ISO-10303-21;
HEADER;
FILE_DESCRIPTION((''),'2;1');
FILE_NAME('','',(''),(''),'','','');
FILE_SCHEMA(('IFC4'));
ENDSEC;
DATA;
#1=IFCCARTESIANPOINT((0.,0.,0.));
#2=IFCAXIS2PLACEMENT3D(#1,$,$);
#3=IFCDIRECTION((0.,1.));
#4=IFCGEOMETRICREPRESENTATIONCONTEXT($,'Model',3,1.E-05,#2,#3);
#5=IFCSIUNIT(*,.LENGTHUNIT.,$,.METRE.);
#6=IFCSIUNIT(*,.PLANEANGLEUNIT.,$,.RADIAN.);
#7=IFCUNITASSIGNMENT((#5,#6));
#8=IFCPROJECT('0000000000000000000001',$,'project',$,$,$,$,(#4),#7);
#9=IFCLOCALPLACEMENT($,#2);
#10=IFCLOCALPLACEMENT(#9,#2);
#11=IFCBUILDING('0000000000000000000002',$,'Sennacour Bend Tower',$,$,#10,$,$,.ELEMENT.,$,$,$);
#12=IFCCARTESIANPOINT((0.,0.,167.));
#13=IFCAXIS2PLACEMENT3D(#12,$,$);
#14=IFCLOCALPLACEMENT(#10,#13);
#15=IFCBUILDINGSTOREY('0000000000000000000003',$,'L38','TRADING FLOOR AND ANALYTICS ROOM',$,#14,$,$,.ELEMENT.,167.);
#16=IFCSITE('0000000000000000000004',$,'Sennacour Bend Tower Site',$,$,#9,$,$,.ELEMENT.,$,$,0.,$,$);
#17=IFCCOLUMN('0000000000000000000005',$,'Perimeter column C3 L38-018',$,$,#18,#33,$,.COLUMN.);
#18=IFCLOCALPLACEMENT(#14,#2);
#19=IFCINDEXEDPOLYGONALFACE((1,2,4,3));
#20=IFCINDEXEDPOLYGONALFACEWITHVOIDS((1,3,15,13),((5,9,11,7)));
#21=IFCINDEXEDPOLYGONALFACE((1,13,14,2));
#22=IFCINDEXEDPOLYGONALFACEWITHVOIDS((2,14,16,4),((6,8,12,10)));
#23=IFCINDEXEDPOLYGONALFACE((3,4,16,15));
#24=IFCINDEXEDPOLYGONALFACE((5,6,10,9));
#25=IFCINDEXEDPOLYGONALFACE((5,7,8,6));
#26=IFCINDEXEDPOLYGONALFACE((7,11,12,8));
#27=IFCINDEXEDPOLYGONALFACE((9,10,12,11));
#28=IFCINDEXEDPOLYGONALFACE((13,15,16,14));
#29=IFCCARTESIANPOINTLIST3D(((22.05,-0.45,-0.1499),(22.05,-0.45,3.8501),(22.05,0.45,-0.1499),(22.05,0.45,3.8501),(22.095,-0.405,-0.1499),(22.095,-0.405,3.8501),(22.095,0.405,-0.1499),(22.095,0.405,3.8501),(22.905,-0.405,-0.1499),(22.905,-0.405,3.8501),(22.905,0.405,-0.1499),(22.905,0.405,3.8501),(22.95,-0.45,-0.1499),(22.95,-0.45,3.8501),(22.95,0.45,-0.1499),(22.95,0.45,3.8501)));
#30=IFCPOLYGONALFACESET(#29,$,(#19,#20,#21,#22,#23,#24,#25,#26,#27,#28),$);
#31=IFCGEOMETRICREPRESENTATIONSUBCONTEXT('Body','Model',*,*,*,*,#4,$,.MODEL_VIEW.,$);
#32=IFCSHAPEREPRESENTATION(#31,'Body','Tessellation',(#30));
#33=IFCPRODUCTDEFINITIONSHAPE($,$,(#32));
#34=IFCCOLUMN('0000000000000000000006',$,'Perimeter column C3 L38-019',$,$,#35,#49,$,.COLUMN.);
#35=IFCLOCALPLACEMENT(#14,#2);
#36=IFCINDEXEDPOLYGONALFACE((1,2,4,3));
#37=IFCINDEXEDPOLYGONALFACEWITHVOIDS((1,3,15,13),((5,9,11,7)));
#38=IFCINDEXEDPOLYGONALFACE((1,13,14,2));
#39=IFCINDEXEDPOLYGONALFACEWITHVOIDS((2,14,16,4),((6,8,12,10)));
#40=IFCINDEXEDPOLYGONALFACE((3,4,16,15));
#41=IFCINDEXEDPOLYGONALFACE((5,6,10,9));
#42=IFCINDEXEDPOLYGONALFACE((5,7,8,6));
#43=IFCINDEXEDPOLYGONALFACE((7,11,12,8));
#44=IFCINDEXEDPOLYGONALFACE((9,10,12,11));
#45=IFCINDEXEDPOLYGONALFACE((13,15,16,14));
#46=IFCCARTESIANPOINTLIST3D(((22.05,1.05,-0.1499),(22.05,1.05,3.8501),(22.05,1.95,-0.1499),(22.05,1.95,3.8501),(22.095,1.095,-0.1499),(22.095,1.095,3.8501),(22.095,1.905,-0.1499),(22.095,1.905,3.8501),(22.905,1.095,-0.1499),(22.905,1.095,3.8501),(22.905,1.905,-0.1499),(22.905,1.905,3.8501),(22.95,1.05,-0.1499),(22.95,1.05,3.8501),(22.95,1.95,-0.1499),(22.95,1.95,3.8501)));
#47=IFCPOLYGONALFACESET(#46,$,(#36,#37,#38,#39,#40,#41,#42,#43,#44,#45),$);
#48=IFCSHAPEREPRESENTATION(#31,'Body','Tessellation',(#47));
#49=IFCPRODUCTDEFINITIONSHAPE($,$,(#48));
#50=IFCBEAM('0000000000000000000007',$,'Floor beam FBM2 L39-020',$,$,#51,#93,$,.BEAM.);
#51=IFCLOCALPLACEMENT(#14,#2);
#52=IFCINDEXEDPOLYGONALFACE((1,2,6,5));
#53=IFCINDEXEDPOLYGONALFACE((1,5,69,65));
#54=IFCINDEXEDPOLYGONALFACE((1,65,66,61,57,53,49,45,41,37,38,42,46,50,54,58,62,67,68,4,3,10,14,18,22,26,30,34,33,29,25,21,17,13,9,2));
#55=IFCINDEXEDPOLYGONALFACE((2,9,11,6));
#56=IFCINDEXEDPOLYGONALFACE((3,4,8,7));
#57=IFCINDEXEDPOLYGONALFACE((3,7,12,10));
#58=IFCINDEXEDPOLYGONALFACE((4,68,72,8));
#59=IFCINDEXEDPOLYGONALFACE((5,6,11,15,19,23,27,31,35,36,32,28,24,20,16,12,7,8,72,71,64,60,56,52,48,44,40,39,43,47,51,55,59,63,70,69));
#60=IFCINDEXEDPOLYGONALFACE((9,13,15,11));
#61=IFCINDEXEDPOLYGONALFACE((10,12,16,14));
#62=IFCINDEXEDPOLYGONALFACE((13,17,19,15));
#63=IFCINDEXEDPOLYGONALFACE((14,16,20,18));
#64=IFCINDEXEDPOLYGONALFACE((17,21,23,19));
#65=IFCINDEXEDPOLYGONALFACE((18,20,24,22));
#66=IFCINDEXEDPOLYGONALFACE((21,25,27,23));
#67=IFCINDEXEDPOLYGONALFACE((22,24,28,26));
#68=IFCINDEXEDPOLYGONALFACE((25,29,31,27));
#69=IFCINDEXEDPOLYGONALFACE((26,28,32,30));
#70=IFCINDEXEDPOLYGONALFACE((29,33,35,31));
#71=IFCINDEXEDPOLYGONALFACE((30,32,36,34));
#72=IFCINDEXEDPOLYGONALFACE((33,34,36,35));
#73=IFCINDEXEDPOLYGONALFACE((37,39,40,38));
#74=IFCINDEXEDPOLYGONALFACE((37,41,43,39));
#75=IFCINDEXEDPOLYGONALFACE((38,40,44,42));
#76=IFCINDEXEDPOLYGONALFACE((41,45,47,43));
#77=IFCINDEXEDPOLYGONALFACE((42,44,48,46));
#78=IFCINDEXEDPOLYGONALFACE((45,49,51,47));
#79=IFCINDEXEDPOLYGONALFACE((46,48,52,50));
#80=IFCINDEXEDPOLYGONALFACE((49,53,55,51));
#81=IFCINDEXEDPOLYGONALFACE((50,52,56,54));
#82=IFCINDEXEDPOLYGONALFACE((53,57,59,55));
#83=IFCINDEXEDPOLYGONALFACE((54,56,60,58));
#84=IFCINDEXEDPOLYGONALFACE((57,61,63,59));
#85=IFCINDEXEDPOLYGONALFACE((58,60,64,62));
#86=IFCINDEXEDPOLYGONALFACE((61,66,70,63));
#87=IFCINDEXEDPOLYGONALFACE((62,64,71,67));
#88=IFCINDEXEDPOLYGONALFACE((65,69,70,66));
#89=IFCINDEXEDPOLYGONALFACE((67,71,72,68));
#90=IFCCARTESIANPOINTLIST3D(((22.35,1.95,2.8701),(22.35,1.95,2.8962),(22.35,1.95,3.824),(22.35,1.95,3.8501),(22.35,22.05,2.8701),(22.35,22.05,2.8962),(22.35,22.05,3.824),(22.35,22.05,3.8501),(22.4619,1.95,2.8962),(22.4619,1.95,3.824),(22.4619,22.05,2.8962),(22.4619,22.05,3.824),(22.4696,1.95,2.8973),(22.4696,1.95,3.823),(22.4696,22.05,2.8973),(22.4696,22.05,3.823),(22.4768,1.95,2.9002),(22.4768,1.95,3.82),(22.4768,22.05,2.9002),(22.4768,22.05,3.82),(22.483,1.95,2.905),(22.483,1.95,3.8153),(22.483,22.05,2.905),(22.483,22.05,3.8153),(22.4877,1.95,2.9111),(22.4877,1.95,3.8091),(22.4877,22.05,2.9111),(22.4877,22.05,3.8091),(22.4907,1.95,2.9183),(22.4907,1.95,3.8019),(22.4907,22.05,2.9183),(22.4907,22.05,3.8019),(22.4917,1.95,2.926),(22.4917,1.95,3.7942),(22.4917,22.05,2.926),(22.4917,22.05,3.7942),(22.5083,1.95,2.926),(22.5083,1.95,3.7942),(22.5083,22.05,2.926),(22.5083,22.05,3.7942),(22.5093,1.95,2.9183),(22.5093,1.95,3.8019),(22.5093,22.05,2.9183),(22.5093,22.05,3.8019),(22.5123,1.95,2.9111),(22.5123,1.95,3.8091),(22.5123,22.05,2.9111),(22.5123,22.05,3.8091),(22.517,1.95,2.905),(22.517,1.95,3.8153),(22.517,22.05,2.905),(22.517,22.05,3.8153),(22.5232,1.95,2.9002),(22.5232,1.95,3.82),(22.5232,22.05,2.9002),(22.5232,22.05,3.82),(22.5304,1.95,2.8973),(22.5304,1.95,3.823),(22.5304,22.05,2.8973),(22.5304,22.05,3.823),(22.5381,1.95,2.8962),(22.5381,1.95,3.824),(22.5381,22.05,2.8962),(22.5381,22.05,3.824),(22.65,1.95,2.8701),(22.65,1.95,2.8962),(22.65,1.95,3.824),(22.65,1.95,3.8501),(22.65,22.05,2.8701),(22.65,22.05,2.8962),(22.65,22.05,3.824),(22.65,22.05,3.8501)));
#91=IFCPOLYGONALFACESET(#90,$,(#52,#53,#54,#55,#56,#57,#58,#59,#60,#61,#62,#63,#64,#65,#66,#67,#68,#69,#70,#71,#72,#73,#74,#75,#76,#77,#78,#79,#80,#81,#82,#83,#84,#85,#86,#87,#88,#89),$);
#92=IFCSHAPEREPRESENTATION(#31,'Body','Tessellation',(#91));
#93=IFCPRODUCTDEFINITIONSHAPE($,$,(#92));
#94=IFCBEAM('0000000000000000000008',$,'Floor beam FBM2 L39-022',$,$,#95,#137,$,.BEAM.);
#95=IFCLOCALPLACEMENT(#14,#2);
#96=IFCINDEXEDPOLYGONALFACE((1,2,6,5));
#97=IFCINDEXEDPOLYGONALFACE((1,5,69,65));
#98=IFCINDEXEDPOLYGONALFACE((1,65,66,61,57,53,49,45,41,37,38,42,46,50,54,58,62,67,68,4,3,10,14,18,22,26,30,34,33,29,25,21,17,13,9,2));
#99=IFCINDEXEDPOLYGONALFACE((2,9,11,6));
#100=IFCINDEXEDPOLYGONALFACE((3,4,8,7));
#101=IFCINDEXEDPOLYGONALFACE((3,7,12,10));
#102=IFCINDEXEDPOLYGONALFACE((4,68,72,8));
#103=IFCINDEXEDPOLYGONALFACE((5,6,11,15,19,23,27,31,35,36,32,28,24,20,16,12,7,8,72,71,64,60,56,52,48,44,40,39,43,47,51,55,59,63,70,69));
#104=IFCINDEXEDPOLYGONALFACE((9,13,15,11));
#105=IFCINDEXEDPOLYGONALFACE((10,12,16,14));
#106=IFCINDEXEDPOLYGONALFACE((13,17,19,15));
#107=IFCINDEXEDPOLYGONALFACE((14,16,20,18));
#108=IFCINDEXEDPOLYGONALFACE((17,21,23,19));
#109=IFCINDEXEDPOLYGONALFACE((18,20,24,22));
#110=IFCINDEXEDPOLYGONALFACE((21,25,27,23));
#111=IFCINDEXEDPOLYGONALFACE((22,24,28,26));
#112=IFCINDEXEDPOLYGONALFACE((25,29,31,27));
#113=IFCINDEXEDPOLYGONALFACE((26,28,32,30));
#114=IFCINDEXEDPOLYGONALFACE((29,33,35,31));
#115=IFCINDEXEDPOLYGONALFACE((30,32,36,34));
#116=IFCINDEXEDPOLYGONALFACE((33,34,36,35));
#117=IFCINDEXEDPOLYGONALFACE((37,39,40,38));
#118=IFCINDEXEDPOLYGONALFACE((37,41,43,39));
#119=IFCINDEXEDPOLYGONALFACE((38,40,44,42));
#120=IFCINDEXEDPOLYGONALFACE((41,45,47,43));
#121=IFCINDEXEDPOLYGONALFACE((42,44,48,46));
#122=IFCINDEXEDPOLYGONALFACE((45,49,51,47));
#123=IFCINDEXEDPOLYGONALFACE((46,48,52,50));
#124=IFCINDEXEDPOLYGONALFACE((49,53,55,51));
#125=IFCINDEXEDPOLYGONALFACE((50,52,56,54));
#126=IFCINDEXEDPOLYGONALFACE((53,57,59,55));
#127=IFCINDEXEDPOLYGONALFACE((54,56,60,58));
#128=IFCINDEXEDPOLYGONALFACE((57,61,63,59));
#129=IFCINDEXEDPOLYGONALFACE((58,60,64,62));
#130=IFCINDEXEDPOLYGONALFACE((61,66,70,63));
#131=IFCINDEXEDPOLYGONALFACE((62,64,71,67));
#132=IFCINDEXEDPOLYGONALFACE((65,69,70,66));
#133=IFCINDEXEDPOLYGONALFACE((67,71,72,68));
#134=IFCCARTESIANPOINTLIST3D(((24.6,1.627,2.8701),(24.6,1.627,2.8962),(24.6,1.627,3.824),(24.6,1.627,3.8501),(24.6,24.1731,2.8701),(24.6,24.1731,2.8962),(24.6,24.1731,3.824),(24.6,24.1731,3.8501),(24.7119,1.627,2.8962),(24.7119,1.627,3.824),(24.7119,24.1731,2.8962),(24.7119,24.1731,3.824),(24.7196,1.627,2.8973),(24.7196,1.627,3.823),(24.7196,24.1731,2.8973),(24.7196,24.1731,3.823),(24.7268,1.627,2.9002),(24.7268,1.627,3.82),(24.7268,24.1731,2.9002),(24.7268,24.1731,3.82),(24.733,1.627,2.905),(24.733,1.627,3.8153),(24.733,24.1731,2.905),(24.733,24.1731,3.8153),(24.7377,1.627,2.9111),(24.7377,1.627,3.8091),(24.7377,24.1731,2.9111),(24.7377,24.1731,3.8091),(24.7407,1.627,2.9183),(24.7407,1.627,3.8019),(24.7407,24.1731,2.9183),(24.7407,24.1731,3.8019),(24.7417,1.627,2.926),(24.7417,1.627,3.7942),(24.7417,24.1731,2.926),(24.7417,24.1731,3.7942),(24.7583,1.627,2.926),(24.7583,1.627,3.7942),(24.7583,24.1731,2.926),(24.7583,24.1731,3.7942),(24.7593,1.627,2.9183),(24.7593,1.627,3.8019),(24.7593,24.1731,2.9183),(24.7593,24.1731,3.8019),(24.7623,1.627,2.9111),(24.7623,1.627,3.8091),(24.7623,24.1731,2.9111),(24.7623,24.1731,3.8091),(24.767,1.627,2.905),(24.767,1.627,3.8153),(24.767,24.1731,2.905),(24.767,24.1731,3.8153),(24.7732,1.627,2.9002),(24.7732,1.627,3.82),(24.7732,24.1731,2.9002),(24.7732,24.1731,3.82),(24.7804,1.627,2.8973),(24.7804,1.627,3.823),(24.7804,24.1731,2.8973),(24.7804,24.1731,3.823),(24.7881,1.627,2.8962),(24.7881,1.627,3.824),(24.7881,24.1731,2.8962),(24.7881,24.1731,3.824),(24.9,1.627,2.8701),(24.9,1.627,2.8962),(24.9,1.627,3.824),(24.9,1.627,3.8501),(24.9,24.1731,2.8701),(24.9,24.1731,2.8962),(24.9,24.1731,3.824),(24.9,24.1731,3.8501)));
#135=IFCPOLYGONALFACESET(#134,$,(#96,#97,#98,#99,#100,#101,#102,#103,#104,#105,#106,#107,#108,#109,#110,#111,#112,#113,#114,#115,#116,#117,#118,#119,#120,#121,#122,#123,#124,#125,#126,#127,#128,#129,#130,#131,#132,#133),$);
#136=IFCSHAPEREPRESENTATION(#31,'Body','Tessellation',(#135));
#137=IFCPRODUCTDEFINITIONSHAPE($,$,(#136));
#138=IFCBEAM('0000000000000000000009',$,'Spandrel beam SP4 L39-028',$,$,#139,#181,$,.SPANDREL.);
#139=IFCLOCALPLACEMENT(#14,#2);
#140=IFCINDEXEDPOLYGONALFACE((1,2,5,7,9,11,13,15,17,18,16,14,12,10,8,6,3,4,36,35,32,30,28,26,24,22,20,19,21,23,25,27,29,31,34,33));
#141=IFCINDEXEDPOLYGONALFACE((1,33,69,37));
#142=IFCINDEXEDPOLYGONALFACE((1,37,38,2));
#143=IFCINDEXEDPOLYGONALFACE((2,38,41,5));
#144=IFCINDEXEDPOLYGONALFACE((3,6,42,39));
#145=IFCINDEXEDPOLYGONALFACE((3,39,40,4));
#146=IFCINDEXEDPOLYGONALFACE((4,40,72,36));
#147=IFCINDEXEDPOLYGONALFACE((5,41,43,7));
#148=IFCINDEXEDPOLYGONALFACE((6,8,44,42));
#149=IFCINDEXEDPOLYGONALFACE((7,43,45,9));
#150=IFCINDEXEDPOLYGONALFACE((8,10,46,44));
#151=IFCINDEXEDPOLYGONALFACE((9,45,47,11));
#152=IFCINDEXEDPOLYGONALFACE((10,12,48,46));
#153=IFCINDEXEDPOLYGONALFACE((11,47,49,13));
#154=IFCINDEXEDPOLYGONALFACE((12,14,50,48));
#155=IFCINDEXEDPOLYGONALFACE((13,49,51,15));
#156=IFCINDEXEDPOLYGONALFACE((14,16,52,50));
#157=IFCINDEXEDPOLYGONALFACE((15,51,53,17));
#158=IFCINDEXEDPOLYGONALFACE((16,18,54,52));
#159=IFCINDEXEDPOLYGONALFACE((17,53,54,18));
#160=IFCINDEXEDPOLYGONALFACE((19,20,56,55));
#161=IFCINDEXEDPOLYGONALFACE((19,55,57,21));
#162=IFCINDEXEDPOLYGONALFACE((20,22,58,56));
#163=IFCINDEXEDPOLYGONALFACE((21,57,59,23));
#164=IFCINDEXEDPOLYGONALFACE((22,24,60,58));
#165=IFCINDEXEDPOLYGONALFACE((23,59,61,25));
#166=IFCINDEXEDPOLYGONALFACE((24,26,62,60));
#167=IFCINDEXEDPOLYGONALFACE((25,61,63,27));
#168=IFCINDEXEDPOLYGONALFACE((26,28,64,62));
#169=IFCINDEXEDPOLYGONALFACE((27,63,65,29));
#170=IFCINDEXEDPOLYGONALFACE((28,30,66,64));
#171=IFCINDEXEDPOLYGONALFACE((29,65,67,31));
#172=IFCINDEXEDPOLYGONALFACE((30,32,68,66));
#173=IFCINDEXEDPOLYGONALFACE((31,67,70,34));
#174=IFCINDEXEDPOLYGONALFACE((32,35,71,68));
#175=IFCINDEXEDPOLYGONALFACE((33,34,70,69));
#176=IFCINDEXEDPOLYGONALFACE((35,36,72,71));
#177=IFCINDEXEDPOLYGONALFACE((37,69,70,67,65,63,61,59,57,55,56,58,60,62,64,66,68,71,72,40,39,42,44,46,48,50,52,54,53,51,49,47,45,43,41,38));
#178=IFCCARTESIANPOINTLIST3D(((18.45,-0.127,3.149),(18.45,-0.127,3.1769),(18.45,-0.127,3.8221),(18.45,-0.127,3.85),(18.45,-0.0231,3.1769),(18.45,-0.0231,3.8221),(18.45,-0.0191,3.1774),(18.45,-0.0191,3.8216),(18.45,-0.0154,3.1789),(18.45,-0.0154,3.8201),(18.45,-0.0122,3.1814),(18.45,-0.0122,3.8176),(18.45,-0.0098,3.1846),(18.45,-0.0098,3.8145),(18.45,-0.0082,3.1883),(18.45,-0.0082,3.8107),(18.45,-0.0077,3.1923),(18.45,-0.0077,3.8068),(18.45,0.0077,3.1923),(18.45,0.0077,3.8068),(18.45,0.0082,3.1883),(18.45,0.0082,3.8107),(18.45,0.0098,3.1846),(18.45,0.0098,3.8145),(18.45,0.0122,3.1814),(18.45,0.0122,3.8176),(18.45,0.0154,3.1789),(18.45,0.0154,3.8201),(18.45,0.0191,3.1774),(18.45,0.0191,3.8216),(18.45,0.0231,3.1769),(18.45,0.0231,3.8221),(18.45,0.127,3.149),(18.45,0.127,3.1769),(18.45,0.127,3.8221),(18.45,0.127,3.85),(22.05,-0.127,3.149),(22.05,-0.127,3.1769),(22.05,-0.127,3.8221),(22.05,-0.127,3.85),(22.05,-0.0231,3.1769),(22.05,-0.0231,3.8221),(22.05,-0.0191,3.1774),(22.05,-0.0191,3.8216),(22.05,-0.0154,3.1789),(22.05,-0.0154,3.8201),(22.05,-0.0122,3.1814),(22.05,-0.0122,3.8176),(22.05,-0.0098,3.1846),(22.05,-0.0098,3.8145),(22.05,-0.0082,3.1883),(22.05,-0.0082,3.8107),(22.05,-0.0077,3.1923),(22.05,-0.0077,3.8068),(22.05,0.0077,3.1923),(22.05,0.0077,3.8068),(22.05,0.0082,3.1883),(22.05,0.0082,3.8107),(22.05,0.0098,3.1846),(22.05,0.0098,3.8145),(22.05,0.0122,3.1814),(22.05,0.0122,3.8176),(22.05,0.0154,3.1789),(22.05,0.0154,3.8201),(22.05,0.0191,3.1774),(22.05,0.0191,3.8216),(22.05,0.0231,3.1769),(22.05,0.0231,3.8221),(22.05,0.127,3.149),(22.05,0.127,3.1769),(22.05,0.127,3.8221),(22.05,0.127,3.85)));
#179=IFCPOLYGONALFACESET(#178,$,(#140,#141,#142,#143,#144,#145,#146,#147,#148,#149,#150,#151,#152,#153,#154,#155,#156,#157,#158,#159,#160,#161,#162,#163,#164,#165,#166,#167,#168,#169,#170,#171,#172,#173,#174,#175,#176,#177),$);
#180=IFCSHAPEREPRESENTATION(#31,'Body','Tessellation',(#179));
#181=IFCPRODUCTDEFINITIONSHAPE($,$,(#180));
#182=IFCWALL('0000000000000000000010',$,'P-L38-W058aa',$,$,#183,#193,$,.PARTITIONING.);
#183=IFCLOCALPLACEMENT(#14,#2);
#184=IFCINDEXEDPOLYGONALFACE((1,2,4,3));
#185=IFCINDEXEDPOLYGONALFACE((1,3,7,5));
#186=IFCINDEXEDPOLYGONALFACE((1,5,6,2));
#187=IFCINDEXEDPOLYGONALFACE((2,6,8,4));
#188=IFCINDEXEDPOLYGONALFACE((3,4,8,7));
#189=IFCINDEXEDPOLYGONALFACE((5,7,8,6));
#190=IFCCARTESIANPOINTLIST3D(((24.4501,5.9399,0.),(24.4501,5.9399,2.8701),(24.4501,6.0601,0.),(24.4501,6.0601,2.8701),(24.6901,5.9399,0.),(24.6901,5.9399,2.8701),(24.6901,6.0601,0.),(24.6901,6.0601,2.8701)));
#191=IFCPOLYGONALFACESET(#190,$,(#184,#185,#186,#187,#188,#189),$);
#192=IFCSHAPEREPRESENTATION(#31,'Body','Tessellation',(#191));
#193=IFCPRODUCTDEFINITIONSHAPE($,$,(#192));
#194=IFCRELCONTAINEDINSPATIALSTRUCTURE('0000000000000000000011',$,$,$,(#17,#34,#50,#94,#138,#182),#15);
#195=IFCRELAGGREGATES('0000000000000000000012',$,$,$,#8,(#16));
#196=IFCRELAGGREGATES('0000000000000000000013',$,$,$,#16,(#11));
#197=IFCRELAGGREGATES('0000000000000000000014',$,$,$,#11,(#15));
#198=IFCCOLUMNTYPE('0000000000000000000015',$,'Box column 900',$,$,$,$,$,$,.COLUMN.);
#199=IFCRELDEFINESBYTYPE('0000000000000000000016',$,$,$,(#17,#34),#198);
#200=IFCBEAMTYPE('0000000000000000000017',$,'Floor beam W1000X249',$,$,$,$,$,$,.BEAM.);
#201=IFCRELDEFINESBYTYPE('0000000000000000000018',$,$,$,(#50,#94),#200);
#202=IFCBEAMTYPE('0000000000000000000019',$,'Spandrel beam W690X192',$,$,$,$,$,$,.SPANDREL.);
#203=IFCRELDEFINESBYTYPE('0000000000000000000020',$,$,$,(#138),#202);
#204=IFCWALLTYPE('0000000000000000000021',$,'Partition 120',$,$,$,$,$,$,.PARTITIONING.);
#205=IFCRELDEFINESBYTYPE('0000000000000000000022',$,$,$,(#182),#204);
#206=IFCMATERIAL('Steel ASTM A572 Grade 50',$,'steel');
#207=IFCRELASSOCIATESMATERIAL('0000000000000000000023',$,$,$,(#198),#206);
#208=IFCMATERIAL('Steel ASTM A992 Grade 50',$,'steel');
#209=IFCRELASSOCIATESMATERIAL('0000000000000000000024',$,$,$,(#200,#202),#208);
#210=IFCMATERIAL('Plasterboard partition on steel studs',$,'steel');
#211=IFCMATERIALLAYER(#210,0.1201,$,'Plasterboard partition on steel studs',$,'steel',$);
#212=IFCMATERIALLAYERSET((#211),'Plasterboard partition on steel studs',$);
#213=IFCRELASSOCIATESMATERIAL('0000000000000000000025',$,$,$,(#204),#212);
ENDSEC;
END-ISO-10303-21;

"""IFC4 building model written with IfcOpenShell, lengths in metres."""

from ifc_helpers import new_model, si_unit, direction, frame, frame_2d, origin, origin_2d, place, context, subcontext, project, spatial, rectangle, hollow_rectangle, i_section, extrude, material, layer, layer_set, material_profile, profile_set, type_object, element, save


model = new_model("IFC4")

# Units and contexts
model_context = context("Model", 3, precision=1e-05, world=origin(), true_north=direction((0.0, 1.0)))
body_context = subcontext(model_context, "Body", "Model", "MODEL_VIEW")
ifc_project = project(units=[si_unit("LENGTHUNIT", "METRE"), si_unit("PLANEANGLEUNIT", "RADIAN")], contexts=[model_context])

# Site, building, storey
site_placement = place(None, origin())
site = spatial("IfcSite", under=ifc_project, at=site_placement, Name="Sennacour Bend Tower Site", CompositionType="ELEMENT", RefElevation=0.0)
building_placement = place(site_placement, origin())
building = spatial("IfcBuilding", under=site, at=building_placement, Name="Sennacour Bend Tower", CompositionType="ELEMENT")
storey_placement = place(building_placement, frame((0.0, 0.0, 167.0)))
storey = spatial("IfcBuildingStorey", under=building, at=storey_placement, Name="L38", Description="TRADING FLOOR AND ANALYTICS ROOM", CompositionType="ELEMENT", Elevation=167.0)

# Columns
ifc_material_1 = material(Name="Steel ASTM A572 Grade 50", Category="steel")
ifc_material_profile_1 = material_profile(ifc_material_1, hollow_rectangle(XDim=0.8999, YDim=0.8999, WallThickness=0.0449, at=origin_2d()), Name="Steel ASTM A572 Grade 50", Category="steel")
ifc_profile_set_1 = profile_set([ifc_material_profile_1], Name="Steel ASTM A572 Grade 50")
column_type = type_object("IfcColumnType", Name="Box column 900", PredefinedType="COLUMN", material=ifc_profile_set_1)
for number, where, z_axis, x_axis, name in (
    (1, (22.5, 0.0, -0.1499), (0.0, 0.0, 1.0), (1.0, 0.0, 0.0), "Perimeter column C3 L38-018"),
    (2, (22.5, 1.5, -0.1499), (0.0, 0.0, 1.0), (1.0, 0.0, 0.0), "Perimeter column C3 L38-019"),
):
    element("IfcColumn", number, at=place(storey_placement, frame(where, z_axis=z_axis, x_axis=x_axis)), inside=storey, type_object=column_type, Name=name, PredefinedType="COLUMN", context=body_context, shape_type="SweptSolid", body=[
        extrude(hollow_rectangle(XDim=0.8999, YDim=0.8999, WallThickness=0.0449, at=origin_2d()), origin(), (0.0, 0.0, 1.0), 4.0),
    ])

# Beams
ifc_material_2 = material(Name="Steel ASTM A992 Grade 50", Category="steel")
ifc_material_profile_2 = material_profile(ifc_material_2, i_section(OverallWidth=0.3, OverallDepth=0.98, WebThickness=0.0166, FlangeThickness=0.0261, FilletRadius=0.0298, at=origin_2d()), Name="Steel ASTM A992 Grade 50", Category="steel")
ifc_profile_set_2 = profile_set([ifc_material_profile_2], Name="Steel ASTM A992 Grade 50")
beam_type_1 = type_object("IfcBeamType", Name="Floor beam W1000X249", PredefinedType="BEAM", material=ifc_profile_set_2)
beam_1_placement = place(storey_placement, frame((22.5, 1.95, 3.3601), z_axis=(0.0, 1.0, 0.0), x_axis=(-1.0, 0.0, 0.0)))
element("IfcBeam", 3, at=beam_1_placement, inside=storey, type_object=beam_type_1, Name="Floor beam FBM2 L39-020", PredefinedType="BEAM", context=body_context, shape_type="SweptSolid", body=[
    extrude(i_section(OverallWidth=0.3, OverallDepth=0.98, WebThickness=0.0166, FlangeThickness=0.0261, FilletRadius=0.0298, at=origin_2d()), origin(), (0.0, 0.0, 1.0), 20.1001),
])
beam_2_placement = place(storey_placement, frame((24.75, 1.627, 3.3601), z_axis=(0.0, 1.0, 0.0), x_axis=(-1.0, 0.0, 0.0)))
element("IfcBeam", 4, at=beam_2_placement, inside=storey, type_object=beam_type_1, Name="Floor beam FBM2 L39-022", PredefinedType="BEAM", context=body_context, shape_type="SweptSolid", body=[
    extrude(i_section(OverallWidth=0.3, OverallDepth=0.98, WebThickness=0.0166, FlangeThickness=0.0261, FilletRadius=0.0298, at=origin_2d()), origin(), (0.0, 0.0, 1.0), 22.5461),
])
ifc_material_profile_3 = material_profile(ifc_material_2, i_section(OverallWidth=0.2539, OverallDepth=0.7009, WebThickness=0.0154, FlangeThickness=0.0278, FilletRadius=0.0154, at=origin_2d()), Name="Steel ASTM A992 Grade 50", Category="steel")
ifc_profile_set_3 = profile_set([ifc_material_profile_3], Name="Steel ASTM A992 Grade 50")
beam_type_2 = type_object("IfcBeamType", Name="Spandrel beam W690X192", PredefinedType="SPANDREL", material=ifc_profile_set_3)
beam_3_placement = place(storey_placement, frame((22.05, 0.0, 3.4995), z_axis=(-1.0, 0.0, 0.0), x_axis=(0.0, -1.0, 0.0)))
element("IfcBeam", 5, at=beam_3_placement, inside=storey, type_object=beam_type_2, Name="Spandrel beam SP4 L39-028", PredefinedType="SPANDREL", context=body_context, shape_type="SweptSolid", body=[
    extrude(i_section(OverallWidth=0.2539, OverallDepth=0.7009, WebThickness=0.0154, FlangeThickness=0.0278, FilletRadius=0.0154, at=origin_2d()), origin(), (0.0, 0.0, 1.0), 3.6001),
])

# Wall
ifc_material_3 = material(Name="Plasterboard partition on steel studs", Category="steel")
ifc_layer_1 = layer(ifc_material_3, 0.1201, Name="Plasterboard partition on steel studs", Category="steel")
ifc_layer_set_1 = layer_set([ifc_layer_1], Name="Plasterboard partition on steel studs")
wall_type_1 = type_object("IfcWallType", Name="Partition 120", PredefinedType="PARTITIONING", material=ifc_layer_set_1)
wall_1_placement = place(storey_placement, frame((24.45, 6.0, 0.0), z_axis=(0.0, 0.0, 1.0), x_axis=(1.0, 0.0, 0.0)))
element("IfcWall", 6, at=wall_1_placement, inside=storey, type_object=wall_type_1, Name="P-L38-W058aa", PredefinedType="PARTITIONING", context=body_context, shape_type="SweptSolid", body=[
    extrude(rectangle(XDim=0.24, YDim=0.1201, at=frame_2d((0.1201, 0.0))), origin(), (0.0, 0.0, 1.0), 2.8701),
])

save(model, "model.ifc")
